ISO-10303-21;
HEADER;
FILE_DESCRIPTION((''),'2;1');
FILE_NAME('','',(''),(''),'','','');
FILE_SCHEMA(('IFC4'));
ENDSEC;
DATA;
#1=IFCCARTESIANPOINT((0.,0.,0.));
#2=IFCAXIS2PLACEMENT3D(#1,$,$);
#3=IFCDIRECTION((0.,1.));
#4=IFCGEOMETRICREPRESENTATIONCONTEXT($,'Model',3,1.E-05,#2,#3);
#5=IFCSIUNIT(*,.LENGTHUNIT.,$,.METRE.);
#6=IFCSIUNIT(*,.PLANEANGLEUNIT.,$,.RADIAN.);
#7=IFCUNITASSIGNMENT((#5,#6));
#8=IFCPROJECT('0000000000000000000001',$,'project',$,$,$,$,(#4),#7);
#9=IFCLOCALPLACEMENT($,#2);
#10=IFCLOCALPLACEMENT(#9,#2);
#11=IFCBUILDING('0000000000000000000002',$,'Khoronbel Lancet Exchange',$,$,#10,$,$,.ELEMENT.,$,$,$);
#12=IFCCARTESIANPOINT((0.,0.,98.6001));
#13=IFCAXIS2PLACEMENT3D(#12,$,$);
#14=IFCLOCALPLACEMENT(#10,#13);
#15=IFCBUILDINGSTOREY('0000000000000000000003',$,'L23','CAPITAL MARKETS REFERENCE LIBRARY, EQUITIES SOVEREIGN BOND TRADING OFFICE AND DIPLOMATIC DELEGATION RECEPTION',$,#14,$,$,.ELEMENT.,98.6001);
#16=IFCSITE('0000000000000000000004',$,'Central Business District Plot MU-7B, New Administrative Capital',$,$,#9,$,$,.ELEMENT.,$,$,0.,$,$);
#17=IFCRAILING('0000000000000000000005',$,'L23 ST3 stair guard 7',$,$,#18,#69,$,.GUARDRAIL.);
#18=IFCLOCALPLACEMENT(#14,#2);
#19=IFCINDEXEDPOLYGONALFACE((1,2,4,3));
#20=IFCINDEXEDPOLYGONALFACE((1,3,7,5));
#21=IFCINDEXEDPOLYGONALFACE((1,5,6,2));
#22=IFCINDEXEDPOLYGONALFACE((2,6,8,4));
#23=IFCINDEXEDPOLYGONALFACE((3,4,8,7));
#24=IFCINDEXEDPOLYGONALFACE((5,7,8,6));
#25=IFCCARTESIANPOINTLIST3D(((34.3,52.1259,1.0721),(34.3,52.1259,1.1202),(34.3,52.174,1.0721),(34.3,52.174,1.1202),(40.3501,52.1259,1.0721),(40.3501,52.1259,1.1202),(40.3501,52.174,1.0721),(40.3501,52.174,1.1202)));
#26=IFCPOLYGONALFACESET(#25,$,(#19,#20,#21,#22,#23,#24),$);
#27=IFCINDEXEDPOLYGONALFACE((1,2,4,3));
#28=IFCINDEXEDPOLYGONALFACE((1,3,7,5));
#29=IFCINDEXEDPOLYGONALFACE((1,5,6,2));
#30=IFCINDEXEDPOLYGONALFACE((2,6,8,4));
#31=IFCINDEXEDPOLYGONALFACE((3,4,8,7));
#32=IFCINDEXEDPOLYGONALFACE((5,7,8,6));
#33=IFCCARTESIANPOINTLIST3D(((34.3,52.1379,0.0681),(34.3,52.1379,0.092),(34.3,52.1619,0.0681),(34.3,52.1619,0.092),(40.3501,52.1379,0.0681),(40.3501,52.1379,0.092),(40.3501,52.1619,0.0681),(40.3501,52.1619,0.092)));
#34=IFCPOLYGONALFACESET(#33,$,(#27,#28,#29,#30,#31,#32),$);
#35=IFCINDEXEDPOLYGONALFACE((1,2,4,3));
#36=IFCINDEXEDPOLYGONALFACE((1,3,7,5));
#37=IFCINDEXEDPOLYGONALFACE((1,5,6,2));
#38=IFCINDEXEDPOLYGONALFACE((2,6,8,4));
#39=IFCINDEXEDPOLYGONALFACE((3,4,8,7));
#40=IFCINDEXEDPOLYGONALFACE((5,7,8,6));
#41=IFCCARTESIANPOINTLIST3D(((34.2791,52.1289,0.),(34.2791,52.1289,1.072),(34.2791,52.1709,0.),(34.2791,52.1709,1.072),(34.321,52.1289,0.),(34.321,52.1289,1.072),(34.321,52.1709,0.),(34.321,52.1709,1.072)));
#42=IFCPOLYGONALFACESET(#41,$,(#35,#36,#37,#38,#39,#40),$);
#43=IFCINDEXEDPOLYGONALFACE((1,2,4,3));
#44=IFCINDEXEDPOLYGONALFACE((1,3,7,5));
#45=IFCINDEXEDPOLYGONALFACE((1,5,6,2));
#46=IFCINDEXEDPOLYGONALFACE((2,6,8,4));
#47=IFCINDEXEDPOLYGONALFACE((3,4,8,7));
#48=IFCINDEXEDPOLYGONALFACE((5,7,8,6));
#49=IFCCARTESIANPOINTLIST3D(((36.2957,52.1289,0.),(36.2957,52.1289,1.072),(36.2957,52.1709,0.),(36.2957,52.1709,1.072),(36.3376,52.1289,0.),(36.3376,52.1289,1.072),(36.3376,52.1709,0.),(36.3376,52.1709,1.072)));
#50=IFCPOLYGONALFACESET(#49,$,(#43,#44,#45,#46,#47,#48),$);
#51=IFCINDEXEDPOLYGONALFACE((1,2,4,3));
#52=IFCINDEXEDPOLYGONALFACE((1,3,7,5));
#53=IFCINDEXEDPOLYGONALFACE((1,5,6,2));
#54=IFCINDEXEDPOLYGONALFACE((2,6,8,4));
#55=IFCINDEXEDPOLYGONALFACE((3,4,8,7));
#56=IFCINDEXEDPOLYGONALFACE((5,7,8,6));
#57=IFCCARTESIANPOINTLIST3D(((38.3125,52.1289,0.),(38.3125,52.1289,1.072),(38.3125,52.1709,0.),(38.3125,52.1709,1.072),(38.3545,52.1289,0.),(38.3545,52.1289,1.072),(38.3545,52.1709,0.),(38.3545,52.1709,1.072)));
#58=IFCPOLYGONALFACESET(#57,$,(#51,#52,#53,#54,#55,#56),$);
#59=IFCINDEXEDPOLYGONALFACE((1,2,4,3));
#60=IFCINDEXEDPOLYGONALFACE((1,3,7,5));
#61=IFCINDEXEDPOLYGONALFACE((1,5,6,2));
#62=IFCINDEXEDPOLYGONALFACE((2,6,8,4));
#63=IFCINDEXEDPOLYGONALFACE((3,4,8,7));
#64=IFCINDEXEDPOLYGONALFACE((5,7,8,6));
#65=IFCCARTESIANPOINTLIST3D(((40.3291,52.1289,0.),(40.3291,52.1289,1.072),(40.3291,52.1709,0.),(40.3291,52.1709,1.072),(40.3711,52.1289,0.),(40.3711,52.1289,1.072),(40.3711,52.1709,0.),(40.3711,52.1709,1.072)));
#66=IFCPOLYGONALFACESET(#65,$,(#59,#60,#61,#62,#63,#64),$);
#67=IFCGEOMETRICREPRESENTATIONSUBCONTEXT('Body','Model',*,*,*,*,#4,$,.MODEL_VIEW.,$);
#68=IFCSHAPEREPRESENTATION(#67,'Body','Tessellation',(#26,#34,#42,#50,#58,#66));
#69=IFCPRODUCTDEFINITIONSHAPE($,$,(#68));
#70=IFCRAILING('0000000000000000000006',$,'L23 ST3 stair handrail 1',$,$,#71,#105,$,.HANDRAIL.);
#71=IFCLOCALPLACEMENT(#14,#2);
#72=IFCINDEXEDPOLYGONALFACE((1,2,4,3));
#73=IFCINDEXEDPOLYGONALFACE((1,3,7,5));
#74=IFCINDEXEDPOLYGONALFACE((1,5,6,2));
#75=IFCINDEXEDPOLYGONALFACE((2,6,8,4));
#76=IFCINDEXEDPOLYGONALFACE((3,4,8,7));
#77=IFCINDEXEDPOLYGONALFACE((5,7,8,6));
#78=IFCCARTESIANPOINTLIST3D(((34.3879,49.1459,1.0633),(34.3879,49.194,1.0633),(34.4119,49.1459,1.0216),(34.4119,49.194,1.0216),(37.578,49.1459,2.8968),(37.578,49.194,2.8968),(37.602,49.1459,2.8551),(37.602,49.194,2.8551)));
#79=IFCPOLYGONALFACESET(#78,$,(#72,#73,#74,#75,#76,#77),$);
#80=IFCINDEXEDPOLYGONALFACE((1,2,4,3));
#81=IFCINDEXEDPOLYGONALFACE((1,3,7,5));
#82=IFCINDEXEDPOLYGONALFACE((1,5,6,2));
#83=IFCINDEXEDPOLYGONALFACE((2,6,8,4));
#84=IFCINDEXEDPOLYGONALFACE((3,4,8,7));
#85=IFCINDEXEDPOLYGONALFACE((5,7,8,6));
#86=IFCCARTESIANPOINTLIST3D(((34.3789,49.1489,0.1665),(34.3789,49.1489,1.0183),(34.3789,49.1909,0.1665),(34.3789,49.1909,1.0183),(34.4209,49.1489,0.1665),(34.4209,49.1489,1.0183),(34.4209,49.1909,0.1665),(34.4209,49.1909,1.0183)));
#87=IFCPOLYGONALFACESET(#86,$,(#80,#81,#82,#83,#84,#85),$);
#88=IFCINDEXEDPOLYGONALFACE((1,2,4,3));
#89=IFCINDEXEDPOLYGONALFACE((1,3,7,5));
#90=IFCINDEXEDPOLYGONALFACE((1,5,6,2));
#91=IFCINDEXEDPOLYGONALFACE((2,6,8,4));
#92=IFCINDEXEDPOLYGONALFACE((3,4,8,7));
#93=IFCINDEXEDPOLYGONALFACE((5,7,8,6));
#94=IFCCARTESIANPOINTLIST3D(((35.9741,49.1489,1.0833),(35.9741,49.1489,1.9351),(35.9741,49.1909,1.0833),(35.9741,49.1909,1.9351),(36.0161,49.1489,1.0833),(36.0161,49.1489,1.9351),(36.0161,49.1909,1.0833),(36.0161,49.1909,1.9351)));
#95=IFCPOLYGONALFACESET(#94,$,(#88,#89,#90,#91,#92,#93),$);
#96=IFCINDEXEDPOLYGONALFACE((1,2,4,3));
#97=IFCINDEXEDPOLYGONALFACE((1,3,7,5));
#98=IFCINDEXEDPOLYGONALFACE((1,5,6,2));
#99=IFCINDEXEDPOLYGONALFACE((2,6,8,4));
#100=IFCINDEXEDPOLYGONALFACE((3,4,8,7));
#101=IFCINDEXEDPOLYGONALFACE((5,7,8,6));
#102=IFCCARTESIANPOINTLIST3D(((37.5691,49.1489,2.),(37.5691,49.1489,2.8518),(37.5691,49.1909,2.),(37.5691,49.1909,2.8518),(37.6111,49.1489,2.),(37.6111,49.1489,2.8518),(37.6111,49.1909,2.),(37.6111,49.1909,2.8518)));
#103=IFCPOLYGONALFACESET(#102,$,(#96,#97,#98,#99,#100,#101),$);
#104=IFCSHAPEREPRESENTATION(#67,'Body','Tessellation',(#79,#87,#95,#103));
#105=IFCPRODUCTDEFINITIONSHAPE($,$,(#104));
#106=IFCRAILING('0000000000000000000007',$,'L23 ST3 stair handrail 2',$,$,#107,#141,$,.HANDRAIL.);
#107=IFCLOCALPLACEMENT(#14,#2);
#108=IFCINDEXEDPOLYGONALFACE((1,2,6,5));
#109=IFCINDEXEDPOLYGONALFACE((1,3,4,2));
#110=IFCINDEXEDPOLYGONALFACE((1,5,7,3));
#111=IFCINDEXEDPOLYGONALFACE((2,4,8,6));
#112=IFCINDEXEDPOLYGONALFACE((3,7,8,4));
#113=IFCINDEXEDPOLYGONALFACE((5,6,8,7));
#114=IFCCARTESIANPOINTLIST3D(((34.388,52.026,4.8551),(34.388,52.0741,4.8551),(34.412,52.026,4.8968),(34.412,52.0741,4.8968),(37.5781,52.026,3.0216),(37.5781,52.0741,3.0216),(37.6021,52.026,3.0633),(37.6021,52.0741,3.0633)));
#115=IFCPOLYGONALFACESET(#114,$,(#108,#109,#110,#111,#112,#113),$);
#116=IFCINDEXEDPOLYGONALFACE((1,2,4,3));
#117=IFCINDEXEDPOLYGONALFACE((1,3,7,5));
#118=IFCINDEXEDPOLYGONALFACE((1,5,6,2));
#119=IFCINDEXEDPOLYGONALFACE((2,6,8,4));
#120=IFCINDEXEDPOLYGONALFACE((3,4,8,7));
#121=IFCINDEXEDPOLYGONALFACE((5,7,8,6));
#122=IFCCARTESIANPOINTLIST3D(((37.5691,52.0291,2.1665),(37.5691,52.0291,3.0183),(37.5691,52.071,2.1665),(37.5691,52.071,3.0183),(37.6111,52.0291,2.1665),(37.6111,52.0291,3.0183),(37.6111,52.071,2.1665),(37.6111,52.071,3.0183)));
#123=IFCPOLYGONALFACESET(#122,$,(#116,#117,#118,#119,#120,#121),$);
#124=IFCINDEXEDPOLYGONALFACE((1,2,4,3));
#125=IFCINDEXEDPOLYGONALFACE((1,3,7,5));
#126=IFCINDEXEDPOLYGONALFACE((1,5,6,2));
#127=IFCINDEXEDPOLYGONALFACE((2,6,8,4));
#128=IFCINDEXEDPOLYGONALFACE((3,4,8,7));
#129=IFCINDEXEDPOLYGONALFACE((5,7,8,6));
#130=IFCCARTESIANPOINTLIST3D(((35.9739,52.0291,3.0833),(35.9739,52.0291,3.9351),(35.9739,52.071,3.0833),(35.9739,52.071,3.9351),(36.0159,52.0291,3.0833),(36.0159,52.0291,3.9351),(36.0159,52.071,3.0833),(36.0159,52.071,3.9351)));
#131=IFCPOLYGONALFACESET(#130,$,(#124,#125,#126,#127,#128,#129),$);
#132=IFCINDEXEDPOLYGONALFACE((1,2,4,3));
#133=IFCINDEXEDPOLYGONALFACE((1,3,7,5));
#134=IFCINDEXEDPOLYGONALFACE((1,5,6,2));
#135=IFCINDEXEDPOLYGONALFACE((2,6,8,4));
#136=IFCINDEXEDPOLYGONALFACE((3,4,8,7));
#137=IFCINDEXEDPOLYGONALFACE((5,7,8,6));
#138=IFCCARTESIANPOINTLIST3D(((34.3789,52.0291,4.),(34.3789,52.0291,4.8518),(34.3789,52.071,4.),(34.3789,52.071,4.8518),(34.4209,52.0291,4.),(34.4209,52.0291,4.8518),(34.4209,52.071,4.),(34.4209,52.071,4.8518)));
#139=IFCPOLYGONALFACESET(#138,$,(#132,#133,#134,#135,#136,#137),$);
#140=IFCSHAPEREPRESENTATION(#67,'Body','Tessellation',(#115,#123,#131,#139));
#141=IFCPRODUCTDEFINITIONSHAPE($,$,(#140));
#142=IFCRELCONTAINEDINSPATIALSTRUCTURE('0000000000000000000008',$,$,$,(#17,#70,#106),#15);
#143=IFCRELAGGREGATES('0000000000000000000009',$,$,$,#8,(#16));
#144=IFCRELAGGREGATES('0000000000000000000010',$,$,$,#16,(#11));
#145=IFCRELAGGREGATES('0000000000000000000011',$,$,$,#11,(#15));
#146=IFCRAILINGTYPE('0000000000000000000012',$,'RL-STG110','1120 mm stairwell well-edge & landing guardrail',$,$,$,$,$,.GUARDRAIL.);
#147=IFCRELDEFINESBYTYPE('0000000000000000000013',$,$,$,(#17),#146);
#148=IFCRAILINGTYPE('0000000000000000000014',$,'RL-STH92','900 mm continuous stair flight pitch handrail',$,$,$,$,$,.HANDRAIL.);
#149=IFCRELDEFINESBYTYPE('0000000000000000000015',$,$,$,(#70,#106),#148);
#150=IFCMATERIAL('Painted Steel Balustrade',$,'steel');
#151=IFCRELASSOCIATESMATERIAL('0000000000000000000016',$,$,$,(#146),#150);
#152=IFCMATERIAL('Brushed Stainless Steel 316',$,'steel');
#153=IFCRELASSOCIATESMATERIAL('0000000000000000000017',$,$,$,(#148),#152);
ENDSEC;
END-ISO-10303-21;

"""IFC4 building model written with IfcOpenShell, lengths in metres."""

from ifc_helpers import new_model, si_unit, direction, frame, origin, origin_2d, place, context, subcontext, project, spatial, rectangle, extrude, material, type_object, element, save


model = new_model("IFC4")

# Units and contexts
model_context = context("Model", 3, precision=1e-05, world=origin(), true_north=direction((0.0, 1.0)))
body_context = subcontext(model_context, "Body", "Model", "MODEL_VIEW")
ifc_project = project(units=[si_unit("LENGTHUNIT", "METRE"), si_unit("PLANEANGLEUNIT", "RADIAN")], contexts=[model_context])

# Site, building, storey
site_placement = place(None, origin())
site = spatial("IfcSite", under=ifc_project, at=site_placement, Name="Central Business District Plot MU-7B, New Administrative Capital", CompositionType="ELEMENT", RefElevation=0.0)
building_placement = place(site_placement, origin())
building = spatial("IfcBuilding", under=site, at=building_placement, Name="Khoronbel Lancet Exchange", CompositionType="ELEMENT")
storey_placement = place(building_placement, frame((0.0, 0.0, 98.6001)))
storey = spatial("IfcBuildingStorey", under=building, at=storey_placement, Name="L23", Description="CAPITAL MARKETS REFERENCE LIBRARY, EQUITIES SOVEREIGN BOND TRADING OFFICE AND DIPLOMATIC DELEGATION RECEPTION", CompositionType="ELEMENT", Elevation=98.6001)

# Railings
ifc_material_1 = material(Name="Painted Steel Balustrade", Category="steel")
railing_type_1 = type_object("IfcRailingType", Name="RL-STG110", Description="1120 mm stairwell well-edge & landing guardrail", PredefinedType="GUARDRAIL", material=ifc_material_1)
railing_1_placement = place(storey_placement, frame((34.3, 52.1499, 0.0)))
element("IfcRailing", 1, at=railing_1_placement, inside=storey, type_object=railing_type_1, Name="L23 ST3 stair guard 7", PredefinedType="GUARDRAIL", context=body_context, shape_type="SweptSolid", body=[
    extrude(rectangle(XDim=0.0481, YDim=0.0481, at=origin_2d()), frame((0.0, 0.0, 1.0962), z_axis=(1.0, 0.0, 0.0), x_axis=(0.0, 1.0, 0.0)), (0.0, 0.0, 1.0), 6.05),
    extrude(rectangle(XDim=0.0239, YDim=0.0239, at=origin_2d()), frame((0.0, 0.0, 0.0801), z_axis=(1.0, 0.0, 0.0), x_axis=(0.0, 1.0, 0.0)), (0.0, 0.0, 1.0), 6.05),
    extrude(rectangle(XDim=0.042, YDim=0.042, at=origin_2d()), origin(), (0.0, 0.0, 1.0), 1.072),
    extrude(rectangle(XDim=0.042, YDim=0.042, at=origin_2d()), frame((2.0166, 0.0, 0.0)), (0.0, 0.0, 1.0), 1.072),
    extrude(rectangle(XDim=0.042, YDim=0.042, at=origin_2d()), frame((4.0334, 0.0, 0.0)), (0.0, 0.0, 1.0), 1.072),
    extrude(rectangle(XDim=0.042, YDim=0.042, at=origin_2d()), frame((6.05, 0.0, 0.0)), (0.0, 0.0, 1.0), 1.072),
])
ifc_material_2 = material(Name="Brushed Stainless Steel 316", Category="steel")
railing_type_2 = type_object("IfcRailingType", Name="RL-STH92", Description="900 mm continuous stair flight pitch handrail", PredefinedType="HANDRAIL", material=ifc_material_2)
railing_2_placement = place(storey_placement, frame((34.3999, 49.1699, 0.1665)))
element("IfcRailing", 2, at=railing_2_placement, inside=storey, type_object=railing_type_2, Name="L23 ST3 stair handrail 1", PredefinedType="HANDRAIL", context=body_context, shape_type="SweptSolid", body=[
    extrude(rectangle(XDim=0.0481, YDim=0.0481, at=origin_2d()), frame((0.0, 0.0, 0.876), z_axis=(0.867007, 0.0, 0.498295), x_axis=(0.0, 1.0, 0.0)), (0.0, 0.0, 1.0), 3.6794),
    extrude(rectangle(XDim=0.042, YDim=0.042, at=origin_2d()), origin(), (0.0, 0.0, 1.0), 0.8518),
    extrude(rectangle(XDim=0.042, YDim=0.042, at=origin_2d()), frame((1.5952, 0.0, 0.9167)), (0.0, 0.0, 1.0), 0.8518),
    extrude(rectangle(XDim=0.042, YDim=0.042, at=origin_2d()), frame((3.1902, 0.0, 1.8335)), (0.0, 0.0, 1.0), 0.8518),
])
railing_3_placement = place(storey_placement, frame((37.5901, 52.05, 2.1665)))
element("IfcRailing", 3, at=railing_3_placement, inside=storey, type_object=railing_type_2, Name="L23 ST3 stair handrail 2", PredefinedType="HANDRAIL", context=body_context, shape_type="SweptSolid", body=[
    extrude(rectangle(XDim=0.0481, YDim=0.0481, at=origin_2d()), frame((0.0, 0.0, 0.876), z_axis=(-0.867007, 0.0, 0.498295), x_axis=(0.0, -1.0, 0.0)), (0.0, 0.0, 1.0), 3.6794),
    extrude(rectangle(XDim=0.042, YDim=0.042, at=origin_2d()), origin(), (0.0, 0.0, 1.0), 0.8518),
    extrude(rectangle(XDim=0.042, YDim=0.042, at=origin_2d()), frame((-1.5952, 0.0, 0.9167)), (0.0, 0.0, 1.0), 0.8518),
    extrude(rectangle(XDim=0.042, YDim=0.042, at=origin_2d()), frame((-3.1902, 0.0, 1.8335)), (0.0, 0.0, 1.0), 0.8518),
])

save(model, "model.ifc")
